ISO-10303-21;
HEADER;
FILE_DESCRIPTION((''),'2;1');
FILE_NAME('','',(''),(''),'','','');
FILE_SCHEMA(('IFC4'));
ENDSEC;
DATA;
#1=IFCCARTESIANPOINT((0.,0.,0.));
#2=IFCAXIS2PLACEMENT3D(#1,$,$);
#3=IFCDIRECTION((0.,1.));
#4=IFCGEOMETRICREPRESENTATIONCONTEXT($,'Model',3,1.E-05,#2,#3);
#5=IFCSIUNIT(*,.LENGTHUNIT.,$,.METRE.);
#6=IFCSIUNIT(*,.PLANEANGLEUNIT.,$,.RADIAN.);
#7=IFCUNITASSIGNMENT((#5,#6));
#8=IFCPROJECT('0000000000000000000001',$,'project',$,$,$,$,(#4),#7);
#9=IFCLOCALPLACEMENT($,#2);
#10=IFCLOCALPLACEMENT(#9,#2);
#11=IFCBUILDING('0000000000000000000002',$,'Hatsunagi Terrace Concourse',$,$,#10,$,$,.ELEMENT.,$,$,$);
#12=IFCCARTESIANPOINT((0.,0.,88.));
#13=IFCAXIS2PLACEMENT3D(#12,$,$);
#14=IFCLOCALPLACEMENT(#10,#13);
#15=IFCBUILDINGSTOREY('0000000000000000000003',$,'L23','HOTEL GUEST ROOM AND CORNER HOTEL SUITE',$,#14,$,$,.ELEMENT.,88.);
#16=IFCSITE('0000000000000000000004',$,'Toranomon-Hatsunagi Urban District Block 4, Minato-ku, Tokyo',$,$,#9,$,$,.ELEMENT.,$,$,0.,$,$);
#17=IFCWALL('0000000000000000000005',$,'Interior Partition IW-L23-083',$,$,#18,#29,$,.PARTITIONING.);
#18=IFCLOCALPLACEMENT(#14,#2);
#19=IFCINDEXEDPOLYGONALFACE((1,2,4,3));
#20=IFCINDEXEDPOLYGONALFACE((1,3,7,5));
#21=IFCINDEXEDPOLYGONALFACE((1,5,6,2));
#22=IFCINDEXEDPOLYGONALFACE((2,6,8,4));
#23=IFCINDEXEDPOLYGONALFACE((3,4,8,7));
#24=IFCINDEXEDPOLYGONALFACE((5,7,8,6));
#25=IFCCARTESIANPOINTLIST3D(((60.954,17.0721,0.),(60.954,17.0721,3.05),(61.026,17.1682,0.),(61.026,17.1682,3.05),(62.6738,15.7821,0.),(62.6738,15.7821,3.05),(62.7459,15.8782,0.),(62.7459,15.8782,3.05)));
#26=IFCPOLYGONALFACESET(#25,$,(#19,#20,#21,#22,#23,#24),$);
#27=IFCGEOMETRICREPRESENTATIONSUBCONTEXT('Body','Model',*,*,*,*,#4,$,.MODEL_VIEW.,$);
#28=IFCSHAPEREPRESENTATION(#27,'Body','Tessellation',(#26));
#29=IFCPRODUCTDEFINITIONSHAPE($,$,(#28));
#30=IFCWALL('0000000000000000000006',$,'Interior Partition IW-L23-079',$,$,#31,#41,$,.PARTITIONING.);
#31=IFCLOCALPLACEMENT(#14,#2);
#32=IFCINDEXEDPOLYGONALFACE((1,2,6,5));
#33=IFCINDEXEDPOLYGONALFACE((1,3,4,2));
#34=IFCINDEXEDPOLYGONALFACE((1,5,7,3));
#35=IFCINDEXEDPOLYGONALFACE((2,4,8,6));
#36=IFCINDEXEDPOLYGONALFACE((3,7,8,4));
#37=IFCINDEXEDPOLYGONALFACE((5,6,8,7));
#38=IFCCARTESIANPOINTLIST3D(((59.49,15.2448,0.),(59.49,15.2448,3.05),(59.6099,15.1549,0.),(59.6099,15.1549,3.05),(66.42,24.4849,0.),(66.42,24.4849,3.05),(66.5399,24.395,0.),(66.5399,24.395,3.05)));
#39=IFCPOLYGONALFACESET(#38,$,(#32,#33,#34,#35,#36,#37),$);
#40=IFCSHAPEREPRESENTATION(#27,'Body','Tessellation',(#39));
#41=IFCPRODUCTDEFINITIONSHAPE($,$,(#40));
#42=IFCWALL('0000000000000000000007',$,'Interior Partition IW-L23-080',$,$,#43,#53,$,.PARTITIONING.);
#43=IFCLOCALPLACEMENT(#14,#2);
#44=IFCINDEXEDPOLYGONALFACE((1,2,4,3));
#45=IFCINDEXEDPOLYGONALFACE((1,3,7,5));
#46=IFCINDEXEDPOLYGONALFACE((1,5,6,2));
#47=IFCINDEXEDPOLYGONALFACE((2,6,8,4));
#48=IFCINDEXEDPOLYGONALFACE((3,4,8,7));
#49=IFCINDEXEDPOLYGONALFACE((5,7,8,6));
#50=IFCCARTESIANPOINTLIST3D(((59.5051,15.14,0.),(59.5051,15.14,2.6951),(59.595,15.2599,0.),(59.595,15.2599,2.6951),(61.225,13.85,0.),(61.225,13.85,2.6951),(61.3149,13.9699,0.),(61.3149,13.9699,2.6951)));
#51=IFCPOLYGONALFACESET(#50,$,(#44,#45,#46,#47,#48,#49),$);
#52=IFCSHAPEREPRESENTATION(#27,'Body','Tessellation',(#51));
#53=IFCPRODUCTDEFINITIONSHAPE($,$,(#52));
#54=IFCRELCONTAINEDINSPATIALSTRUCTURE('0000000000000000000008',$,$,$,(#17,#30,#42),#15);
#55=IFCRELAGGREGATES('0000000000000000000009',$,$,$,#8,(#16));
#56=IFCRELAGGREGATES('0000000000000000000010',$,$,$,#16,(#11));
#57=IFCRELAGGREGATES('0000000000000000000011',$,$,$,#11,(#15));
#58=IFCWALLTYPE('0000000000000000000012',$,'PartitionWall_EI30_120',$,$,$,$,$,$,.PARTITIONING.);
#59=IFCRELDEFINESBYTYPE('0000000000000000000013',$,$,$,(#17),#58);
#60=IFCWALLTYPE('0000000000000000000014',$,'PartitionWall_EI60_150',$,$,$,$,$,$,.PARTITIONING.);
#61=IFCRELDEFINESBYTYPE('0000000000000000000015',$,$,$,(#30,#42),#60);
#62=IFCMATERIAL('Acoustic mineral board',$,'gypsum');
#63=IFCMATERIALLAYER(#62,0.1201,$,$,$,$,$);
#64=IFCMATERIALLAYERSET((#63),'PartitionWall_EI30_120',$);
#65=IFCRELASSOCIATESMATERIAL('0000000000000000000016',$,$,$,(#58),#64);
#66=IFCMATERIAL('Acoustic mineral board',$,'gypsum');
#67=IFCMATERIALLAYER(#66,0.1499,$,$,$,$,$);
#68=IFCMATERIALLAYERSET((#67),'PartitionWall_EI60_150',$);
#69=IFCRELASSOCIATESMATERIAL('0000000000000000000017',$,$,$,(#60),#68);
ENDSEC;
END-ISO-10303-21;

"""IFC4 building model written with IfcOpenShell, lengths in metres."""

from ifc_helpers import new_model, si_unit, direction, frame, frame_2d, origin, place, context, subcontext, project, spatial, rectangle, extrude, material, layer, layer_set, type_object, element, save


model = new_model("IFC4")

# Units and contexts
model_context = context("Model", 3, precision=1e-05, world=origin(), true_north=direction((0.0, 1.0)))
body_context = subcontext(model_context, "Body", "Model", "MODEL_VIEW")
ifc_project = project(units=[si_unit("LENGTHUNIT", "METRE"), si_unit("PLANEANGLEUNIT", "RADIAN")], contexts=[model_context])

# Site, building, storey
site_placement = place(None, origin())
site = spatial("IfcSite", under=ifc_project, at=site_placement, Name="Toranomon-Hatsunagi Urban District Block 4, Minato-ku, Tokyo", CompositionType="ELEMENT", RefElevation=0.0)
building_placement = place(site_placement, origin())
building = spatial("IfcBuilding", under=site, at=building_placement, Name="Hatsunagi Terrace Concourse", CompositionType="ELEMENT")
storey_placement = place(building_placement, frame((0.0, 0.0, 88.0)))
storey = spatial("IfcBuildingStorey", under=building, at=storey_placement, Name="L23", Description="HOTEL GUEST ROOM AND CORNER HOTEL SUITE", CompositionType="ELEMENT", Elevation=88.0)

# Shared definitions
ifc_material_1 = material(Name="Acoustic mineral board", Category="gypsum")
ifc_layer_1 = layer(ifc_material_1, 0.1201)
ifc_layer_set_1 = layer_set([ifc_layer_1], Name="PartitionWall_EI30_120")
wall_type_1 = type_object("IfcWallType", Name="PartitionWall_EI30_120", PredefinedType="PARTITIONING", material=ifc_layer_set_1)

# Walls
wall_1_placement = place(storey_placement, frame((60.99, 17.1201, 0.0), z_axis=(0.0, 0.0, 1.0), x_axis=(0.799986, -0.600018, 0.0)))
element("IfcWall", 1, at=wall_1_placement, inside=storey, type_object=wall_type_1, Name="Interior Partition IW-L23-083", PredefinedType="PARTITIONING", context=body_context, shape_type="SweptSolid", body=[
    extrude(rectangle(XDim=2.1499, YDim=0.1201, at=frame_2d((1.075, 0.0))), origin(), (0.0, 0.0, 1.0), 3.05),
])
ifc_material_2 = material(Name="Acoustic mineral board", Category="gypsum")
ifc_layer_2 = layer(ifc_material_2, 0.1499)
ifc_layer_set_2 = layer_set([ifc_layer_2], Name="PartitionWall_EI60_150")
wall_type_2 = type_object("IfcWallType", Name="PartitionWall_EI60_150", PredefinedType="PARTITIONING", material=ifc_layer_set_2)
wall_2_placement = place(storey_placement, frame((59.55, 15.2, 0.0), z_axis=(0.0, 0.0, 1.0), x_axis=(0.599997, 0.800003, 0.0)))
element("IfcWall", 2, at=wall_2_placement, inside=storey, type_object=wall_type_2, Name="Interior Partition IW-L23-079", PredefinedType="PARTITIONING", context=body_context, shape_type="SweptSolid", body=[
    extrude(rectangle(XDim=11.55, YDim=0.1499, at=frame_2d((5.7749, 0.0))), origin(), (0.0, 0.0, 1.0), 3.05),
])
wall_3_placement = place(storey_placement, frame((59.55, 15.2, 0.0), z_axis=(0.0, 0.0, 1.0), x_axis=(0.799986, -0.600018, 0.0)))
element("IfcWall", 3, at=wall_3_placement, inside=storey, type_object=wall_type_2, Name="Interior Partition IW-L23-080", PredefinedType="PARTITIONING", context=body_context, shape_type="SweptSolid", body=[
    extrude(rectangle(XDim=2.1499, YDim=0.1499, at=frame_2d((1.075, 0.0))), origin(), (0.0, 0.0, 1.0), 2.6951),
])

save(model, "model.ifc")
